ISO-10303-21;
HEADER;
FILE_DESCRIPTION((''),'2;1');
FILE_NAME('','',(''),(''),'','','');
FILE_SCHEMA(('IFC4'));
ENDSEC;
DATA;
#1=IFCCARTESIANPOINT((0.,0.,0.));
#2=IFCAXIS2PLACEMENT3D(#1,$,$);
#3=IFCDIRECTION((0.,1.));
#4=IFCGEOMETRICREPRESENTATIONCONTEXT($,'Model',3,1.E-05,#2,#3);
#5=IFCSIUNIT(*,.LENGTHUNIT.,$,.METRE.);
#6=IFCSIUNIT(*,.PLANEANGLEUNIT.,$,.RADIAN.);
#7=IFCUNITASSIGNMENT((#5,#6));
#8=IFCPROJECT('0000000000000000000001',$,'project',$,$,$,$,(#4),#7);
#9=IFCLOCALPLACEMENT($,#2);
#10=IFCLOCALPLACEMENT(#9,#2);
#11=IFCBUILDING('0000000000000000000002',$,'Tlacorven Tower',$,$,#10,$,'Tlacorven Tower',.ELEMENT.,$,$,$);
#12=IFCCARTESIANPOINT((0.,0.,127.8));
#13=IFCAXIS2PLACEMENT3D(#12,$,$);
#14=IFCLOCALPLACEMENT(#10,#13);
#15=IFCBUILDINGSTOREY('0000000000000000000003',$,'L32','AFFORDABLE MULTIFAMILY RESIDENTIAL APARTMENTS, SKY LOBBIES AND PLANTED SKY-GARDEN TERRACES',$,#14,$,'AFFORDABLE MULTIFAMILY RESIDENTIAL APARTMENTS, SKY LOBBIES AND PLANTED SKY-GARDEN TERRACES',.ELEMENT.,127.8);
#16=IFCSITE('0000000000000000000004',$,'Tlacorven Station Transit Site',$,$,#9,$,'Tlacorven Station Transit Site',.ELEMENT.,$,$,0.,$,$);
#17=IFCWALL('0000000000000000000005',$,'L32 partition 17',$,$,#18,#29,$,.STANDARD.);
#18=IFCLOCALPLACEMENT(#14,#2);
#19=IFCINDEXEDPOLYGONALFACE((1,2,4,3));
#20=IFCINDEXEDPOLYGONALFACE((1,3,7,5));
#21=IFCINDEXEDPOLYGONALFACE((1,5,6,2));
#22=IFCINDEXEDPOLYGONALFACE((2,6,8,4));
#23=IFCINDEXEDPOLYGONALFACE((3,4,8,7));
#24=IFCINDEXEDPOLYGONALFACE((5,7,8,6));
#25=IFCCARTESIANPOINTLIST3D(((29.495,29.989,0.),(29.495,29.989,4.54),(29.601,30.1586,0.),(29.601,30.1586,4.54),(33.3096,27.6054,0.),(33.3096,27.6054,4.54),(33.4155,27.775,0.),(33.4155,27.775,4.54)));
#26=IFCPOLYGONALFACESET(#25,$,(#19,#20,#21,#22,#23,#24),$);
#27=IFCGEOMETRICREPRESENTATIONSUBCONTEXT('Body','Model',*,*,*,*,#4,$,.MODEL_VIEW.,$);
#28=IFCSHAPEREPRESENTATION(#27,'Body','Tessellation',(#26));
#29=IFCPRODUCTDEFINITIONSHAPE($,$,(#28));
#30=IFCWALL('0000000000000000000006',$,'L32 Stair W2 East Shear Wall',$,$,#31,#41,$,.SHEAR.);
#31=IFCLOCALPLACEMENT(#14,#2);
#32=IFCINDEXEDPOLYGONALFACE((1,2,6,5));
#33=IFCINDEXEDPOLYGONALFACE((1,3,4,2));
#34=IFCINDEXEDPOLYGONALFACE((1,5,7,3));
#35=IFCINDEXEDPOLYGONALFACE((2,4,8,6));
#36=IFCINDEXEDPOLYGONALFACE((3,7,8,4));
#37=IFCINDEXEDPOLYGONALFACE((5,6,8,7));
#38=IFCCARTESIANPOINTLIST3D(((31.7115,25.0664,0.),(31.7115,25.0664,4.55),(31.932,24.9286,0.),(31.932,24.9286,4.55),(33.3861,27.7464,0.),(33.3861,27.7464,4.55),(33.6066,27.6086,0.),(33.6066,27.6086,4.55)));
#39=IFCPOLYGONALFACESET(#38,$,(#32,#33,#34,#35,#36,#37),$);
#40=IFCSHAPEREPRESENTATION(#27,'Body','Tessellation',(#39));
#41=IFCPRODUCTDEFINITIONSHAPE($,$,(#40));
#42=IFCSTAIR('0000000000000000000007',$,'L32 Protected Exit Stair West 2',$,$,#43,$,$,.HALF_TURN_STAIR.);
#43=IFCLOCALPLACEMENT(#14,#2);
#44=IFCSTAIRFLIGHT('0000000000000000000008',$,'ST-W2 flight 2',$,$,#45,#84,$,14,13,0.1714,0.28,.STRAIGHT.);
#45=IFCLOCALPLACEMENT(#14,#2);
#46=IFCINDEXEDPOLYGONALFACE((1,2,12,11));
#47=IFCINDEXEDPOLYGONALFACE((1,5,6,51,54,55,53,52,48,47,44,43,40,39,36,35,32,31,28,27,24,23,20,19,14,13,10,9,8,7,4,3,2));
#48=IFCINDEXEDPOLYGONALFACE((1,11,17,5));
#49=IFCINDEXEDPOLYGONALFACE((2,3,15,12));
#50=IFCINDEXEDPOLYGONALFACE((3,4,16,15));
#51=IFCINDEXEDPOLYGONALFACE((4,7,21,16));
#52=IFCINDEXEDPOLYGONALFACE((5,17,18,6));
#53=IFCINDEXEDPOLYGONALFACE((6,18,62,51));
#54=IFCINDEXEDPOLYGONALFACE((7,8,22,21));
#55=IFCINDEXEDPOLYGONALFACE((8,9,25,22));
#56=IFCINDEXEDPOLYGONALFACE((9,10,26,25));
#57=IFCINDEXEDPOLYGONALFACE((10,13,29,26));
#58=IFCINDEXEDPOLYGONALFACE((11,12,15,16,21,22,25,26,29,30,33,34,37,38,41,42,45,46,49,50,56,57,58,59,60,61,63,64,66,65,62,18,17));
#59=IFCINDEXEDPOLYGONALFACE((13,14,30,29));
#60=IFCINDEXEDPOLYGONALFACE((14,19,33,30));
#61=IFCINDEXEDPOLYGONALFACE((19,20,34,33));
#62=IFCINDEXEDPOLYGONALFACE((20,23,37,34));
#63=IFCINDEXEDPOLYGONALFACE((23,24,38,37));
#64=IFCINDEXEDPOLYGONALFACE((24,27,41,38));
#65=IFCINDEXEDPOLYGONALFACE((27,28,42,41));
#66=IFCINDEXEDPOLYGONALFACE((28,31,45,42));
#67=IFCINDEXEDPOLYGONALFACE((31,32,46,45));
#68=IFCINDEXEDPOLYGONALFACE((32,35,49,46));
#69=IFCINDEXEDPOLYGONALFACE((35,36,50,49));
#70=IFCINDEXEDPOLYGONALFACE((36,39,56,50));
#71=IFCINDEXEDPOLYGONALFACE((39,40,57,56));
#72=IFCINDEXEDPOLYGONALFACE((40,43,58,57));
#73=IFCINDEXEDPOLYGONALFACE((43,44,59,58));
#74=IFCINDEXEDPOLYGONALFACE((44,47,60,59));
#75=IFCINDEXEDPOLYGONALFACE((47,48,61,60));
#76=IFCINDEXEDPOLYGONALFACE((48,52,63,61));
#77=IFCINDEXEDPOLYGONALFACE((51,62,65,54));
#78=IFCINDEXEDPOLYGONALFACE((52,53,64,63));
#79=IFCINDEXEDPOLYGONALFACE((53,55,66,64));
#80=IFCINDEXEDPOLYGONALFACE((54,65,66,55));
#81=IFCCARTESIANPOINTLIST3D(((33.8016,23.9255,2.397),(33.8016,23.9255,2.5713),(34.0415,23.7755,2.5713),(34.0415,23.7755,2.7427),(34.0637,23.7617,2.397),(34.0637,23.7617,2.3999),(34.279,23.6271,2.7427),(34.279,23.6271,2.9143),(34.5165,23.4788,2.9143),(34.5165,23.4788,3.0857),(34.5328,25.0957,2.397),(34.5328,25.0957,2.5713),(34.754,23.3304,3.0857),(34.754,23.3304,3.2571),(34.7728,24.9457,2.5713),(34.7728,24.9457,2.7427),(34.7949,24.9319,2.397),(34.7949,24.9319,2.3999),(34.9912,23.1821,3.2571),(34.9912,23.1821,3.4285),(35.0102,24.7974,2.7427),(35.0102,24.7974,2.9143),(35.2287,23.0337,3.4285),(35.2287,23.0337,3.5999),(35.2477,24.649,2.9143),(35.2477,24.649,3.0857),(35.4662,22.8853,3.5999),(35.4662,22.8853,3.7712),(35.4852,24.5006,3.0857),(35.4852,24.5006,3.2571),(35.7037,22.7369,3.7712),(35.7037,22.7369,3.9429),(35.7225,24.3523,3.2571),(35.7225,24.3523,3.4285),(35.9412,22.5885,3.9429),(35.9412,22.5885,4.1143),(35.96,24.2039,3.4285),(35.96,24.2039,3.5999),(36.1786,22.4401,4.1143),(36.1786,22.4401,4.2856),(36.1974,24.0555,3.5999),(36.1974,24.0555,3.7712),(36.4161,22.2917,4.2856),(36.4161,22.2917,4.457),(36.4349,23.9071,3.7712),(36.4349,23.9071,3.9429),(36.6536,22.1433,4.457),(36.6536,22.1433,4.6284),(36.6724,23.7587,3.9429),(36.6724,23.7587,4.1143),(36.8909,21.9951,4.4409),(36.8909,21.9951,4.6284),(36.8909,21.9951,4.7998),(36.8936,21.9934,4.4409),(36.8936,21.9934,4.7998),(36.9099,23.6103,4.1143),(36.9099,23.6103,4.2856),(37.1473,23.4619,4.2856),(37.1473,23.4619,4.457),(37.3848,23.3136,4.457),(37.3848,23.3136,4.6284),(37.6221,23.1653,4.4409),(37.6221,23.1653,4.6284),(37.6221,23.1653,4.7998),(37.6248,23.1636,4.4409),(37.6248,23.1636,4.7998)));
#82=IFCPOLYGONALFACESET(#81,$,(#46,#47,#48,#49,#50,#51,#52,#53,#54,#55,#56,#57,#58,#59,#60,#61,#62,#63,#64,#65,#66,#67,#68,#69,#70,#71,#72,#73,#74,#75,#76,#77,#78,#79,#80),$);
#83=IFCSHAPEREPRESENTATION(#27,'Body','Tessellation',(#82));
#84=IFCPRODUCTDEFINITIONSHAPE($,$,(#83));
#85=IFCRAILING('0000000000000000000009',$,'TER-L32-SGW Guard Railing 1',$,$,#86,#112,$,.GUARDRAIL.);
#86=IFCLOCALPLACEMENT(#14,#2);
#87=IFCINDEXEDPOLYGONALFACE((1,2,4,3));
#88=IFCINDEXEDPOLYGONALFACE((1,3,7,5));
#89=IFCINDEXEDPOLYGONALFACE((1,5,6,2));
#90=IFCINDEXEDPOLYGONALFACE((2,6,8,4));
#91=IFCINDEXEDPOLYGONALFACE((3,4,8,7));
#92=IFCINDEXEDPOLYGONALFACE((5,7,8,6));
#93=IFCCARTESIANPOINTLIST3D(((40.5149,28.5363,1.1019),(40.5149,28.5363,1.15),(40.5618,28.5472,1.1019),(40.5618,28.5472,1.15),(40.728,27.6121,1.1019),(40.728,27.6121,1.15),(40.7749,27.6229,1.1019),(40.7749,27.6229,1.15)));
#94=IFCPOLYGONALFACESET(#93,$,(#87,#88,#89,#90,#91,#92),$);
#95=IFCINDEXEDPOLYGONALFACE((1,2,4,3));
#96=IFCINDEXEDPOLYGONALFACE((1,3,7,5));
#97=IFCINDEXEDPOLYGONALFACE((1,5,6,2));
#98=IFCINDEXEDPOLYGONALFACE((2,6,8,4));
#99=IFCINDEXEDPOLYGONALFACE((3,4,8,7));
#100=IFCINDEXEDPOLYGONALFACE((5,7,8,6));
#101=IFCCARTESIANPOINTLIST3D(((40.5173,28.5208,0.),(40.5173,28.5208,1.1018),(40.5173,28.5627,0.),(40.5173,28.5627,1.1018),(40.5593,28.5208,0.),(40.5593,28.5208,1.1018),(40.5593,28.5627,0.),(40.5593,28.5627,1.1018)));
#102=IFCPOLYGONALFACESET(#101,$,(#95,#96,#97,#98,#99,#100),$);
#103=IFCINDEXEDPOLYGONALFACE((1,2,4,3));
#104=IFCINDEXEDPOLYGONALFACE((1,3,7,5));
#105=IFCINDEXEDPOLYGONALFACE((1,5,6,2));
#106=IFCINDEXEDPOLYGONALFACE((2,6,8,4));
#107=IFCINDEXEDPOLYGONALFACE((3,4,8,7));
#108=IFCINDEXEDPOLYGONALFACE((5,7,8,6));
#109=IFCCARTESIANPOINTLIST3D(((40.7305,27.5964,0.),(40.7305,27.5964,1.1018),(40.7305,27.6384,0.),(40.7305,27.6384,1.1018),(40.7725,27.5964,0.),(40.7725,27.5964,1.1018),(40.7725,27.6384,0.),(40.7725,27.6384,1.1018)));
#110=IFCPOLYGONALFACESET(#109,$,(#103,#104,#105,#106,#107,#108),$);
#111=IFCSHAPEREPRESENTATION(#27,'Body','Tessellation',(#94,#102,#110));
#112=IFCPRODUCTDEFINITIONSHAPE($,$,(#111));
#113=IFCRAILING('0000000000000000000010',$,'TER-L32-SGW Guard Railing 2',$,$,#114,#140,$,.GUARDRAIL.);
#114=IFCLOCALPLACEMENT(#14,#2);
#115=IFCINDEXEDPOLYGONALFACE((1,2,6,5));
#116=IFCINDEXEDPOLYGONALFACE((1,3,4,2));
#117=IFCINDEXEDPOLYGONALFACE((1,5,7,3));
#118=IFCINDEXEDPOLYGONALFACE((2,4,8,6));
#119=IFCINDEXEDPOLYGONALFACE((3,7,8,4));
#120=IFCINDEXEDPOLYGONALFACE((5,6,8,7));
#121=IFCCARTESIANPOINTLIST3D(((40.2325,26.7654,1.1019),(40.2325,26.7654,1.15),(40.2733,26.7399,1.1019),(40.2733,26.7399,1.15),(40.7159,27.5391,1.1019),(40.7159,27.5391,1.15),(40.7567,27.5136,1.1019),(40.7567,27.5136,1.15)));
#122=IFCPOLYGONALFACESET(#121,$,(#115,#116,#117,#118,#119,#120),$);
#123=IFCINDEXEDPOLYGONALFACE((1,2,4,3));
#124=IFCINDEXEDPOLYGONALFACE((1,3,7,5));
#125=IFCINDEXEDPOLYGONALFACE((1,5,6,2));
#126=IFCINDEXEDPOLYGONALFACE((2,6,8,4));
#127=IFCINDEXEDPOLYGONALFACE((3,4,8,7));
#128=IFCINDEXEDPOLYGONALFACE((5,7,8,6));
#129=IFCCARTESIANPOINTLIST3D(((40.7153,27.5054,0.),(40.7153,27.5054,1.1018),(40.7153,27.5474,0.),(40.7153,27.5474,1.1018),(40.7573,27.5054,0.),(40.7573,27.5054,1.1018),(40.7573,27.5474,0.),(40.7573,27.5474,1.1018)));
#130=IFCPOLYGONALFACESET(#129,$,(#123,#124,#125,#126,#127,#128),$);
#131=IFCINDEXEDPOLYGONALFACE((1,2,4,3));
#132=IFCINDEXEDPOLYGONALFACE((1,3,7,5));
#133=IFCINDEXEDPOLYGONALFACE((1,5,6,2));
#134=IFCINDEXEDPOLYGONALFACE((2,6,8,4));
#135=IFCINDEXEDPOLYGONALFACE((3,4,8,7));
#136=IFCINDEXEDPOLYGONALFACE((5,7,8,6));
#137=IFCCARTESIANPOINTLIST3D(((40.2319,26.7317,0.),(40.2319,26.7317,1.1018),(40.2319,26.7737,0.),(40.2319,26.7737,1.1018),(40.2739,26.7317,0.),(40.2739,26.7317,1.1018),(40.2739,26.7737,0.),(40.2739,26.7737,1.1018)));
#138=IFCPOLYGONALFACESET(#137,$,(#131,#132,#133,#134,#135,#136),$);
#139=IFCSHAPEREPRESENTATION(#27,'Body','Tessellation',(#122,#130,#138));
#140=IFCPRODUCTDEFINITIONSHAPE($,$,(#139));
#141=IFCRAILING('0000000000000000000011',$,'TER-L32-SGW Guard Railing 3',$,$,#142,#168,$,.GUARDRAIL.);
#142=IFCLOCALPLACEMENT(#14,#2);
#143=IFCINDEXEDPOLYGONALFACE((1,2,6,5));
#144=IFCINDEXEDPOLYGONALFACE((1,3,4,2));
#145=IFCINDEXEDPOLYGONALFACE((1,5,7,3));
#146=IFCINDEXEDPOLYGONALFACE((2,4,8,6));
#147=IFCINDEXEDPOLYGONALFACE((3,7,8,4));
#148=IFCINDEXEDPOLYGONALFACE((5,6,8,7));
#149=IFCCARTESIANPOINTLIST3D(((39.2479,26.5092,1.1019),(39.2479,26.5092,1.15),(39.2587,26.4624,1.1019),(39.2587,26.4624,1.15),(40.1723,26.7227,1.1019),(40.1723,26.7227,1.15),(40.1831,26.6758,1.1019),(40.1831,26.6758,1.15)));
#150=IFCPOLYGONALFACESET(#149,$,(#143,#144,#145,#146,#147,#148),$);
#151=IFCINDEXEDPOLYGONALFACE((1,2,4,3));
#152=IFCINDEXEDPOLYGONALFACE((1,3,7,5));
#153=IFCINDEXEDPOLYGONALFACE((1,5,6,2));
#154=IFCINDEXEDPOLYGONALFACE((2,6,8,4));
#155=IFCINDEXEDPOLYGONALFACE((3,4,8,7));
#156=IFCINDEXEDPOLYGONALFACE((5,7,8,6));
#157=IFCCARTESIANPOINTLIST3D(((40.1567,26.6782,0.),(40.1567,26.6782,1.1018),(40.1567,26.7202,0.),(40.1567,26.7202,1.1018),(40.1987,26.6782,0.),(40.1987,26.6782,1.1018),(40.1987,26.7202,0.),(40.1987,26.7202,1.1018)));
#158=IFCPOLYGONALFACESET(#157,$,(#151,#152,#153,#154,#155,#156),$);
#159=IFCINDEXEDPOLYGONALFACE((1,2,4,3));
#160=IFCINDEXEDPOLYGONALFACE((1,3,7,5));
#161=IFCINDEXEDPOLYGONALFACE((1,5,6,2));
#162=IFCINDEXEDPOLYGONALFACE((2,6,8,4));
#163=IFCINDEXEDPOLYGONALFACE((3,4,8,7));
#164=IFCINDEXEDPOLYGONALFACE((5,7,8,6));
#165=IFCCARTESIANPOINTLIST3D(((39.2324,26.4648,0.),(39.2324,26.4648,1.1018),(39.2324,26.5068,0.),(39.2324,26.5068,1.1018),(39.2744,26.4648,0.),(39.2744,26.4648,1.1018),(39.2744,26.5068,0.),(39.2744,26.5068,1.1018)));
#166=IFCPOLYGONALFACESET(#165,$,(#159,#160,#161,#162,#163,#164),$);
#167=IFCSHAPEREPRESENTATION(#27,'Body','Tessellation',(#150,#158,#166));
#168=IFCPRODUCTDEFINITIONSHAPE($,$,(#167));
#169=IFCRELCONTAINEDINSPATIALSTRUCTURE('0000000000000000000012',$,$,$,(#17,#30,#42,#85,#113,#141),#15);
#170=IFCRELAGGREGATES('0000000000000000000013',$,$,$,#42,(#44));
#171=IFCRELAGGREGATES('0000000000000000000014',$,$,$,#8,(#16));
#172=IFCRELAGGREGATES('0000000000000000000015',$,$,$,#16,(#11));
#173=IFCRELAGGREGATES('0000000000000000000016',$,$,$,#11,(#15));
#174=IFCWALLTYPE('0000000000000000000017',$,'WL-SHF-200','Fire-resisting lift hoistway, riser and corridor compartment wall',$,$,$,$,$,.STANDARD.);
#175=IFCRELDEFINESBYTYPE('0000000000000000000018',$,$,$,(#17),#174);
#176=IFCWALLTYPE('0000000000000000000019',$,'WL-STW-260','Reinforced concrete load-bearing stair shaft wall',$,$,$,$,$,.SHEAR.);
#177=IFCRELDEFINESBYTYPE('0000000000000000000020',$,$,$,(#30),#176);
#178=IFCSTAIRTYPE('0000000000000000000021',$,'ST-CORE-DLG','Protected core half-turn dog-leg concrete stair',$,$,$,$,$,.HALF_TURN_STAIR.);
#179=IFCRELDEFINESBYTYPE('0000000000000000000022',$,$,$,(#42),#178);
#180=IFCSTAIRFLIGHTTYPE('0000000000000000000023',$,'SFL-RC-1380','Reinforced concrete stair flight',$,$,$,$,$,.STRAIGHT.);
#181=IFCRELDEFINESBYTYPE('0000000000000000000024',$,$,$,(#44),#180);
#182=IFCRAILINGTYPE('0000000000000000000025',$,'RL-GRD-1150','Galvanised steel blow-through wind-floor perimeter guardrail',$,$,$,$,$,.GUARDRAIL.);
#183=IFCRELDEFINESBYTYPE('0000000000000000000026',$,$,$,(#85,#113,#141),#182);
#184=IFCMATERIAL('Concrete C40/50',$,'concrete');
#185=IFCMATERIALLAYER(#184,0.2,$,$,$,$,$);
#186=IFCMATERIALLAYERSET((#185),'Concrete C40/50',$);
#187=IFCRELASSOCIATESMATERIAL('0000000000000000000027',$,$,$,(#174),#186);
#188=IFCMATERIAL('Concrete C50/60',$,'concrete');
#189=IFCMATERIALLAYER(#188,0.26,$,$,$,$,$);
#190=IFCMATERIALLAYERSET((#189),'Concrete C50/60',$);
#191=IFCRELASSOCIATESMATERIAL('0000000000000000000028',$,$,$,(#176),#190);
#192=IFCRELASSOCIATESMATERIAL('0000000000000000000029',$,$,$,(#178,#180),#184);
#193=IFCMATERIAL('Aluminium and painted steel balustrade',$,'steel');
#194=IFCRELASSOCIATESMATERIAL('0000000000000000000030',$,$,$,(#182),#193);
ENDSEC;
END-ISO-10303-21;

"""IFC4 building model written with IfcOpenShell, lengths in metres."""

from ifc_helpers import new_model, si_unit, direction, frame, frame_2d, origin, origin_2d, place, context, subcontext, project, spatial, polyline, rectangle, outline, extrude, source, transform, mapped, material, layer, layer_set, type_object, element, aggregate, save


model = new_model("IFC4")

# Units and contexts
model_context = context("Model", 3, precision=1e-05, world=origin(), true_north=direction((0.0, 1.0)))
body_context = subcontext(model_context, "Body", "Model", "MODEL_VIEW")
ifc_project = project(units=[si_unit("LENGTHUNIT", "METRE"), si_unit("PLANEANGLEUNIT", "RADIAN")], contexts=[model_context])

# Site, building, storey
site_placement = place(None, origin())
site = spatial("IfcSite", under=ifc_project, at=site_placement, Name="Tlacorven Station Transit Site", LongName="Tlacorven Station Transit Site", CompositionType="ELEMENT", RefElevation=0.0)
building_placement = place(site_placement, origin())
building = spatial("IfcBuilding", under=site, at=building_placement, Name="Tlacorven Tower", LongName="Tlacorven Tower", CompositionType="ELEMENT")
storey_placement = place(building_placement, frame((0.0, 0.0, 127.8)))
storey = spatial("IfcBuildingStorey", under=building, at=storey_placement, Name="L32", Description="AFFORDABLE MULTIFAMILY RESIDENTIAL APARTMENTS, SKY LOBBIES AND PLANTED SKY-GARDEN TERRACES", LongName="AFFORDABLE MULTIFAMILY RESIDENTIAL APARTMENTS, SKY LOBBIES AND PLANTED SKY-GARDEN TERRACES", CompositionType="ELEMENT", Elevation=127.8)

# Walls
ifc_material_1 = material(Name="Concrete C40/50", Category="concrete")
ifc_layer_1 = layer(ifc_material_1, 0.2)
ifc_layer_set_1 = layer_set([ifc_layer_1], Name="Concrete C40/50")
wall_type_1 = type_object("IfcWallType", Name="WL-SHF-200", Description="Fire-resisting lift hoistway, riser and corridor compartment wall", PredefinedType="STANDARD", material=ifc_layer_set_1)
wall_1_placement = place(storey_placement, frame((33.3625, 27.6902, 0.0), z_axis=(0.0, 0.0, 1.0), x_axis=(-0.848047, 0.529921, 0.0)))
element("IfcWall", 1, at=wall_1_placement, inside=storey, type_object=wall_type_1, Name="L32 partition 17", PredefinedType="STANDARD", context=body_context, shape_type="SweptSolid", body=[
    extrude(rectangle(XDim=4.498, YDim=0.2, at=frame_2d((2.249, 0.0))), origin(), (0.0, 0.0, 1.0), 4.54),
])
ifc_material_2 = material(Name="Concrete C50/60", Category="concrete")
ifc_layer_2 = layer(ifc_material_2, 0.26)
ifc_layer_set_2 = layer_set([ifc_layer_2], Name="Concrete C50/60")
wall_type_2 = type_object("IfcWallType", Name="WL-STW-260", Description="Reinforced concrete load-bearing stair shaft wall", PredefinedType="SHEAR", material=ifc_layer_set_2)
wall_2_placement = place(storey_placement, frame((33.4963, 27.6775, 0.0), z_axis=(0.0, 0.0, 1.0), x_axis=(-0.529909, -0.848055, 0.0)))
element("IfcWall", 2, at=wall_2_placement, inside=storey, type_object=wall_type_2, Name="L32 Stair W2 East Shear Wall", PredefinedType="SHEAR", context=body_context, shape_type="SweptSolid", body=[
    extrude(rectangle(XDim=3.1602, YDim=0.26, at=frame_2d((1.5801, 0.0))), origin(), (0.0, 0.0, 1.0), 4.55),
])

# Stair, stair flight
stair_type = type_object("IfcStairType", Name="ST-CORE-DLG", Description="Protected core half-turn dog-leg concrete stair", PredefinedType="HALF_TURN_STAIR", material=ifc_material_1)
stair_placement = place(storey_placement, origin())
stair = element("IfcStair", 3, at=stair_placement, inside=storey, type_object=stair_type, Name="L32 Protected Exit Stair West 2", PredefinedType="HALF_TURN_STAIR")
stair_flight_type = type_object("IfcStairFlightType", Name="SFL-RC-1380", Description="Reinforced concrete stair flight", PredefinedType="STRAIGHT", material=ifc_material_1)
shared_shape_1 = source(origin(), body_context, "Body", "SweptSolid", [
    extrude(outline(polyline([(-0.0029, -0.0029), (-0.0029, 0.1714), (0.28, 0.1714), (0.28, 0.3428), (0.5601, 0.3428), (0.5601, 0.5144), (0.8401, 0.5144), (0.8401, 0.6858), (1.1201, 0.6858), (1.1201, 0.8572), (1.3999, 0.8572), (1.3999, 1.0286), (1.6799, 1.0286), (1.6799, 1.2), (1.96, 1.2), (1.96, 1.3713), (2.24, 1.3713), (2.24, 1.543), (2.52, 1.543), (2.52, 1.7144), (2.8, 1.7144), (2.8, 1.8857), (3.0801, 1.8857), (3.0801, 2.0571), (3.3601, 2.0571), (3.3601, 2.2285), (3.6399, 2.2285), (3.6399, 2.3999), (3.6431, 2.3999), (3.6431, 2.041), (3.6399, 2.041), (0.3062, 0.0), (0.3062, -0.0029), (-0.0029, -0.0029)])), frame((0.0, 0.6899, 0.0), z_axis=(0.0, -1.0, 0.0), x_axis=(1.0, 0.0, 0.0)), (0.0, 0.0, 1.0), 1.3799),
])
stair_flight_placement = place(storey_placement, frame((34.1697, 24.509, 2.3999), z_axis=(0.0, 0.0, 1.0), x_axis=(0.848048, -0.529919, 0.0)))
stair_flight = element("IfcStairFlight", 4, at=stair_flight_placement, type_object=stair_flight_type, Name="ST-W2 flight 2", NumberOfRisers=14, NumberOfTreads=13, PredefinedType="STRAIGHT", RiserHeight=0.1714, TreadLength=0.28, context=body_context, shape_type="MappedRepresentation", body=[
    mapped(shared_shape_1, transform((0.0, 0.0, 0.0), scale=1.0)),
])
aggregate(stair, [stair_flight])

# Railings
ifc_material_3 = material(Name="Aluminium and painted steel balustrade", Category="steel")
railing_type_1 = type_object("IfcRailingType", Name="RL-GRD-1150", Description="Galvanised steel blow-through wind-floor perimeter guardrail", PredefinedType="GUARDRAIL", material=ifc_material_3)
shared_shape_2 = source(origin(), body_context, "Body", "SweptSolid", [
    extrude(rectangle(XDim=0.0481, YDim=0.0481, at=origin_2d()), frame((0.0, 0.0, 1.126), z_axis=(0.22469, -0.97443, 0.0), x_axis=(0.97443, 0.22469, 0.0)), (0.0, 0.0, 1.0), 0.9485),
    extrude(rectangle(XDim=0.042, YDim=0.042, at=origin_2d()), origin(), (0.0, 0.0, 1.0), 1.1018),
    extrude(rectangle(XDim=0.042, YDim=0.042, at=origin_2d()), frame((0.2131, -0.9243, 0.0)), (0.0, 0.0, 1.0), 1.1018),
])
railing_1_placement = place(storey_placement, frame((40.5383, 28.5417, 0.0)))
element("IfcRailing", 5, at=railing_1_placement, inside=storey, type_object=railing_type_1, Name="TER-L32-SGW Guard Railing 1", PredefinedType="GUARDRAIL", context=body_context, shape_type="MappedRepresentation", body=[
    mapped(shared_shape_2, transform((0.0, 0.0, 0.0), scale=1.0)),
])
shared_shape_3 = source(origin(), body_context, "Body", "SweptSolid", [
    extrude(rectangle(XDim=0.0481, YDim=0.0481, at=origin_2d()), frame((0.0, 0.0, 1.126), z_axis=(-0.529879, -0.848073, 0.0), x_axis=(0.848073, -0.529879, 0.0)), (0.0, 0.0, 1.0), 0.9124),
    extrude(rectangle(XDim=0.042, YDim=0.042, at=origin_2d()), origin(), (0.0, 0.0, 1.0), 1.1018),
    extrude(rectangle(XDim=0.042, YDim=0.042, at=origin_2d()), frame((-0.4834, -0.7737, 0.0)), (0.0, 0.0, 1.0), 1.1018),
])
railing_2_placement = place(storey_placement, frame((40.7363, 27.5264, 0.0)))
element("IfcRailing", 6, at=railing_2_placement, inside=storey, type_object=railing_type_1, Name="TER-L32-SGW Guard Railing 2", PredefinedType="GUARDRAIL", context=body_context, shape_type="MappedRepresentation", body=[
    mapped(shared_shape_3, transform((0.0, 0.0, 0.0), scale=1.0)),
])
shared_shape_4 = source(origin(), body_context, "Body", "SweptSolid", [
    extrude(rectangle(XDim=0.0481, YDim=0.0481, at=origin_2d()), frame((0.0, 0.0, 1.126), z_axis=(-0.974374, -0.224935, 0.0), x_axis=(0.224935, -0.974374, 0.0)), (0.0, 0.0, 1.0), 0.9487),
    extrude(rectangle(XDim=0.042, YDim=0.042, at=origin_2d()), origin(), (0.0, 0.0, 1.0), 1.1018),
    extrude(rectangle(XDim=0.042, YDim=0.042, at=origin_2d()), frame((-0.9243, -0.2134, 0.0)), (0.0, 0.0, 1.0), 1.1018),
])
railing_3_placement = place(storey_placement, frame((40.1777, 26.6992, 0.0)))
element("IfcRailing", 7, at=railing_3_placement, inside=storey, type_object=railing_type_1, Name="TER-L32-SGW Guard Railing 3", PredefinedType="GUARDRAIL", context=body_context, shape_type="MappedRepresentation", body=[
    mapped(shared_shape_4, transform((0.0, 0.0, 0.0), scale=1.0)),
])

save(model, "model.ifc")
